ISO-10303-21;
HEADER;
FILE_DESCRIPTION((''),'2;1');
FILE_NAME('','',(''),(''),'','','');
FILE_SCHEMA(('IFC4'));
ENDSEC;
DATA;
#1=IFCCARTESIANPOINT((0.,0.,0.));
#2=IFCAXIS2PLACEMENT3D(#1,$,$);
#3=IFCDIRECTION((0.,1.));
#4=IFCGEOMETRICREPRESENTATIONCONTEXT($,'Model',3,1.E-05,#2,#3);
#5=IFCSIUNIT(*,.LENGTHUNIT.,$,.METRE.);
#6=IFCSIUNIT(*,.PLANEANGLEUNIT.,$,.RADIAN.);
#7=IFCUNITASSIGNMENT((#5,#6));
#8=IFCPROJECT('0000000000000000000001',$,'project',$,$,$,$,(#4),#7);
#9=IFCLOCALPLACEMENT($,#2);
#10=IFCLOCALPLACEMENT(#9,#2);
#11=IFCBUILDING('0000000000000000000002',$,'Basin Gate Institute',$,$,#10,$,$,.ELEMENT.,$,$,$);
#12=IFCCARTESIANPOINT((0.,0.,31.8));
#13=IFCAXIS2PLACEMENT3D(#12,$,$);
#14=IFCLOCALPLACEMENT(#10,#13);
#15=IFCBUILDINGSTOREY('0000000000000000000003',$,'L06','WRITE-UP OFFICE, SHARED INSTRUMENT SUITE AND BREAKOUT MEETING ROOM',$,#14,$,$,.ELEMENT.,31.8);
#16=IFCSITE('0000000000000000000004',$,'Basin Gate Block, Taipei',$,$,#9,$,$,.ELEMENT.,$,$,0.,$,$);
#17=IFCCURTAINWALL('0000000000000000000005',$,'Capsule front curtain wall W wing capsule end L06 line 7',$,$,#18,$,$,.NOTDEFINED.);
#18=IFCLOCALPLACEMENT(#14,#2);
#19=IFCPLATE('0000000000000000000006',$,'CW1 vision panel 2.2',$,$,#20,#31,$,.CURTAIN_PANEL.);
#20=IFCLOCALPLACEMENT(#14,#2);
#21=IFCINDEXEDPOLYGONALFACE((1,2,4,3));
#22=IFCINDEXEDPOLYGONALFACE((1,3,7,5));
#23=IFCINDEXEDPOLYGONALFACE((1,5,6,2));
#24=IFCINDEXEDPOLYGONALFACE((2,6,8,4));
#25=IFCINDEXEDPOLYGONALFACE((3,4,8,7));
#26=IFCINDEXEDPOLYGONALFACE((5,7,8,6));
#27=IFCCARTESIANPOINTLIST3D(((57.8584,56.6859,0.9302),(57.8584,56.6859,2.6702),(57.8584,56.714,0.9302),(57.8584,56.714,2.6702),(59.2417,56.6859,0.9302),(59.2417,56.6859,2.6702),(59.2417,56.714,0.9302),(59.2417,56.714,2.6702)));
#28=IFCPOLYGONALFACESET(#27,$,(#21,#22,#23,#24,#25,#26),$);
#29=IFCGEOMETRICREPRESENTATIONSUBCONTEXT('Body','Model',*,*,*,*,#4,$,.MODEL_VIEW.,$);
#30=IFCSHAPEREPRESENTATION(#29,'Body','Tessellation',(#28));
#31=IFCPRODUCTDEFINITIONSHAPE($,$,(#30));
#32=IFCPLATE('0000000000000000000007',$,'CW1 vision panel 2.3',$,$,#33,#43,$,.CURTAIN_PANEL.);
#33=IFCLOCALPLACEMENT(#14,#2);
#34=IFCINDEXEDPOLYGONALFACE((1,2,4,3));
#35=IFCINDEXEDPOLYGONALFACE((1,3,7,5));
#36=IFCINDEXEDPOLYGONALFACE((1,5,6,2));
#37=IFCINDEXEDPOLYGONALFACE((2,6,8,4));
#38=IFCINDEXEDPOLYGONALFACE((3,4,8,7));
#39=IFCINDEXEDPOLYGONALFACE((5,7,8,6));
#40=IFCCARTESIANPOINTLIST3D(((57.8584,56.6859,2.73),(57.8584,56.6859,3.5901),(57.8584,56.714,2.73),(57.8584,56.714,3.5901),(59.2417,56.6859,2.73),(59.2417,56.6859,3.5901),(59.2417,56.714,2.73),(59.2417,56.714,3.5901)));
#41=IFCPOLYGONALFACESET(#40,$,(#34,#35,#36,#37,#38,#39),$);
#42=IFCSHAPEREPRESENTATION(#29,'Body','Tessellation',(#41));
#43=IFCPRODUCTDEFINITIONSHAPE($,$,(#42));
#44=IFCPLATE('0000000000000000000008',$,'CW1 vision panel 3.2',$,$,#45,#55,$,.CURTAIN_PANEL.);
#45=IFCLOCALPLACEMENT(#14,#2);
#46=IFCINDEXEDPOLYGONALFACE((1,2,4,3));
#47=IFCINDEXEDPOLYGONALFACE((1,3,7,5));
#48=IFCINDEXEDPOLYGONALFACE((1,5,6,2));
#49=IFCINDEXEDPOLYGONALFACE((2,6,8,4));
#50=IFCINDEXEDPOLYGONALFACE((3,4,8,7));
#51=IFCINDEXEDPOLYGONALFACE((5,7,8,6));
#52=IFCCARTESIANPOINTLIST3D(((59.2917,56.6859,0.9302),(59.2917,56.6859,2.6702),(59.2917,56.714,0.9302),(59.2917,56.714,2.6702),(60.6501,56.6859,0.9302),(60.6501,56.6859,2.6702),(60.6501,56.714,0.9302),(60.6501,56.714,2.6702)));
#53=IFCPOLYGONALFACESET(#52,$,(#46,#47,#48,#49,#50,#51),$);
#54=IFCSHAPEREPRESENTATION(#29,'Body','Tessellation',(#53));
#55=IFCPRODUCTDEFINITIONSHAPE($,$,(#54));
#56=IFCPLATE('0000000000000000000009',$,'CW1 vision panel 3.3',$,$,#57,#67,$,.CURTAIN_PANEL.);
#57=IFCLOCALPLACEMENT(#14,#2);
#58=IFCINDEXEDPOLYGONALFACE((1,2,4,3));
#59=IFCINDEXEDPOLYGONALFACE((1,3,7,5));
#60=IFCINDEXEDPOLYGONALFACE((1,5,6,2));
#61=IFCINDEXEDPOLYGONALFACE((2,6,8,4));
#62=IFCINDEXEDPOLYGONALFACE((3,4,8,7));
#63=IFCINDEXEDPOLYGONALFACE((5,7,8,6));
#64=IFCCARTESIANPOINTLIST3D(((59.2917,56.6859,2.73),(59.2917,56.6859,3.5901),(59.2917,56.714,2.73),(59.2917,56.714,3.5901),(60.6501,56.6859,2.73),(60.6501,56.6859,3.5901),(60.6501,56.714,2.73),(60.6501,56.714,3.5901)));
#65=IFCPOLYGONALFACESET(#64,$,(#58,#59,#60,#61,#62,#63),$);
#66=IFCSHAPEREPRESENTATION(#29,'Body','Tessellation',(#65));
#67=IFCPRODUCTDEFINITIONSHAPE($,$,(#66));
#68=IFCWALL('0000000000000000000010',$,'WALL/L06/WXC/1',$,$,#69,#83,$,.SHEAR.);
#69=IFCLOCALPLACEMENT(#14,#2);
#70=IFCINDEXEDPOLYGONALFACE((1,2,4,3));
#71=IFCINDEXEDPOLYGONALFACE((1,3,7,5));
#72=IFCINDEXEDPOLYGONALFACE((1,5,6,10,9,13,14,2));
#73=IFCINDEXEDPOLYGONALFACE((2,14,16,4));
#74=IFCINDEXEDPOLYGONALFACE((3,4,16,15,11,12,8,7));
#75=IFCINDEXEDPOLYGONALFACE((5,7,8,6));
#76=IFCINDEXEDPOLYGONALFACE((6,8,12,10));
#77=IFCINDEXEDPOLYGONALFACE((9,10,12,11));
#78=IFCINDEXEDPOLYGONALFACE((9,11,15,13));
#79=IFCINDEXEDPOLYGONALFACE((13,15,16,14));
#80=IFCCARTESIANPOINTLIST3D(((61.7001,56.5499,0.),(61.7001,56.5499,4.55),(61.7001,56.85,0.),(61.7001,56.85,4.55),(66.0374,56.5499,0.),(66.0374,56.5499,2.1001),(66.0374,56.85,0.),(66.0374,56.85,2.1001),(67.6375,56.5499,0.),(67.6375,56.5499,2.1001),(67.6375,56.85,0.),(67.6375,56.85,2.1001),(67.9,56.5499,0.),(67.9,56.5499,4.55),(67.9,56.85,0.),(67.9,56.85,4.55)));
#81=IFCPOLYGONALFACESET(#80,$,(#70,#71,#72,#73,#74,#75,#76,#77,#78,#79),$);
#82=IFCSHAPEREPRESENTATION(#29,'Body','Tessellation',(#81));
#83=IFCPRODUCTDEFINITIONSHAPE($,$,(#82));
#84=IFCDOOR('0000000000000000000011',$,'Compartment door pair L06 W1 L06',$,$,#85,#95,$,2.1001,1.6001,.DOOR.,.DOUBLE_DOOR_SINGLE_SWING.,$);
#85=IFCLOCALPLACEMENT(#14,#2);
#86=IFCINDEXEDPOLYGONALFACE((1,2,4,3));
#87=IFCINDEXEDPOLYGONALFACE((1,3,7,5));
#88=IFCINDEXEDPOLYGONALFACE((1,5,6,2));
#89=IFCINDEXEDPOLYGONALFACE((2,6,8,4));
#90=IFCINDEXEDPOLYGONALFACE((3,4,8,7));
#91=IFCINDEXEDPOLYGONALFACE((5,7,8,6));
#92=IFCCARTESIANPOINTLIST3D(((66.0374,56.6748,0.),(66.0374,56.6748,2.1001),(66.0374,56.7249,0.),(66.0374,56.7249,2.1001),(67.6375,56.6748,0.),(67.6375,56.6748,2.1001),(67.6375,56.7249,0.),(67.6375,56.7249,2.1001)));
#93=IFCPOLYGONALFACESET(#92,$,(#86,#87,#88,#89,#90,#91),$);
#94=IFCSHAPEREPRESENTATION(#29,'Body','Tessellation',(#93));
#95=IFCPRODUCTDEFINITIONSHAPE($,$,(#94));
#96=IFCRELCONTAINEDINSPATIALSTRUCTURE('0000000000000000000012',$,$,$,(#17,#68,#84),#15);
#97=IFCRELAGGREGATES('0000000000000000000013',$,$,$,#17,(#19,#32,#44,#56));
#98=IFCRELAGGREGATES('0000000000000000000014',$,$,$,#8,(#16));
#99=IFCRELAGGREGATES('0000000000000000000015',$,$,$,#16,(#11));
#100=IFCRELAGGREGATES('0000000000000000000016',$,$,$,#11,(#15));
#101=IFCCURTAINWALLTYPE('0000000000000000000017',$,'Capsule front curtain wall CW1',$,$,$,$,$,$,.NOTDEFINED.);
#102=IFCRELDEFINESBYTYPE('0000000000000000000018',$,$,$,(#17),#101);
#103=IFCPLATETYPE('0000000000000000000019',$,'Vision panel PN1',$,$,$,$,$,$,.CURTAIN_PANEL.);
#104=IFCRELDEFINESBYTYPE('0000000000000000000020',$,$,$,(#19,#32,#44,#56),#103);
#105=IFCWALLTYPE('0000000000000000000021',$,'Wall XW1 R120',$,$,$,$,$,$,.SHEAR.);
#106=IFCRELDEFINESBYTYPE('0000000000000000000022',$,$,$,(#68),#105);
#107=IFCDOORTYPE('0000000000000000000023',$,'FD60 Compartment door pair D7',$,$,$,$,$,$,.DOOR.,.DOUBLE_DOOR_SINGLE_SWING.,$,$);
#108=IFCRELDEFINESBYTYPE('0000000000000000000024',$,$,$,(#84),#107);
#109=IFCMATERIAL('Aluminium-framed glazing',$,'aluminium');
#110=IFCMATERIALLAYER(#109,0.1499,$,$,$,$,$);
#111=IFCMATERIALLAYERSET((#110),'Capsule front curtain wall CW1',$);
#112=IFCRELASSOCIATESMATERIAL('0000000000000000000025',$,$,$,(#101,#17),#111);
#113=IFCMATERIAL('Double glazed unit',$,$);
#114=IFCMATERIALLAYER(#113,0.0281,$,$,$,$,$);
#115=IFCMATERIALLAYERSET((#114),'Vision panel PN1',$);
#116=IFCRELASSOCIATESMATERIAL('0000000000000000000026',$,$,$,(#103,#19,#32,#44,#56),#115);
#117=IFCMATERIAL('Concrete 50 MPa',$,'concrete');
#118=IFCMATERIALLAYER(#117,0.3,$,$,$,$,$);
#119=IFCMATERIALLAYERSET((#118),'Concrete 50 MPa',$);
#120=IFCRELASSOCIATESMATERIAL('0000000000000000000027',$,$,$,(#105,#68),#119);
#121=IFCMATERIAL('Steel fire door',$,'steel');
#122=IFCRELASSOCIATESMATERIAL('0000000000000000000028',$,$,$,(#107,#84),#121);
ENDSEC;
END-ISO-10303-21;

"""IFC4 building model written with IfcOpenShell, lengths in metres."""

from ifc_helpers import new_model, si_unit, direction, frame, frame_2d, origin, origin_2d, place, context, subcontext, project, spatial, rectangle, extrude, material, layer, layer_set, type_object, element, fill, aggregate, save


model = new_model("IFC4")

# Units and contexts
model_context = context("Model", 3, precision=1e-05, world=origin(), true_north=direction((0.0, 1.0)))
body_context = subcontext(model_context, "Body", "Model", "MODEL_VIEW")
ifc_project = project(units=[si_unit("LENGTHUNIT", "METRE"), si_unit("PLANEANGLEUNIT", "RADIAN")], contexts=[model_context])

# Site, building, storey
site_placement = place(None, origin())
site = spatial("IfcSite", under=ifc_project, at=site_placement, Name="Basin Gate Block, Taipei", CompositionType="ELEMENT", RefElevation=0.0)
building_placement = place(site_placement, origin())
building = spatial("IfcBuilding", under=site, at=building_placement, Name="Basin Gate Institute", CompositionType="ELEMENT")
storey_placement = place(building_placement, frame((0.0, 0.0, 31.8)))
storey = spatial("IfcBuildingStorey", under=building, at=storey_placement, Name="L06", Description="WRITE-UP OFFICE, SHARED INSTRUMENT SUITE AND BREAKOUT MEETING ROOM", CompositionType="ELEMENT", Elevation=31.8)

# Curtain wall, plates
ifc_material_1 = material(Name="Aluminium-framed glazing", Category="aluminium")
ifc_layer_1 = layer(ifc_material_1, 0.1499)
ifc_layer_set_1 = layer_set([ifc_layer_1], Name="Capsule front curtain wall CW1")
curtain_wall_type = type_object("IfcCurtainWallType", Name="Capsule front curtain wall CW1", PredefinedType="NOTDEFINED", material=ifc_layer_set_1)
curtain_wall_placement = place(storey_placement, origin())
curtain_wall = element("IfcCurtainWall", 1, at=curtain_wall_placement, inside=storey, type_object=curtain_wall_type, material=ifc_layer_set_1, Name="Capsule front curtain wall W wing capsule end L06 line 7", PredefinedType="NOTDEFINED")
ifc_material_2 = material(Name="Double glazed unit")
ifc_layer_2 = layer(ifc_material_2, 0.0281)
ifc_layer_set_2 = layer_set([ifc_layer_2], Name="Vision panel PN1")
plate_type_1 = type_object("IfcPlateType", Name="Vision panel PN1", PredefinedType="CURTAIN_PANEL", material=ifc_layer_set_2)
plate_1_placement = place(storey_placement, frame((58.55, 56.7, 0.9302), z_axis=(0.0, 0.0, 1.0), x_axis=(1.0, 0.0, 0.0)))
plate_1 = element("IfcPlate", 2, at=plate_1_placement, type_object=plate_type_1, material=ifc_layer_set_2, Name="CW1 vision panel 2.2", PredefinedType="CURTAIN_PANEL", context=body_context, shape_type="SweptSolid", body=[
    extrude(rectangle(XDim=1.3833, YDim=0.0281, at=origin_2d()), origin(), (0.0, 0.0, 1.0), 1.74),
])
plate_2_placement = place(storey_placement, frame((58.55, 56.7, 2.73), z_axis=(0.0, 0.0, 1.0), x_axis=(1.0, 0.0, 0.0)))
plate_2 = element("IfcPlate", 3, at=plate_2_placement, type_object=plate_type_1, material=ifc_layer_set_2, Name="CW1 vision panel 2.3", PredefinedType="CURTAIN_PANEL", context=body_context, shape_type="SweptSolid", body=[
    extrude(rectangle(XDim=1.3833, YDim=0.0281, at=origin_2d()), origin(), (0.0, 0.0, 1.0), 0.8601),
])
plate_3_placement = place(storey_placement, frame((59.9709, 56.7, 0.9302), z_axis=(0.0, 0.0, 1.0), x_axis=(1.0, 0.0, 0.0)))
plate_3 = element("IfcPlate", 4, at=plate_3_placement, type_object=plate_type_1, material=ifc_layer_set_2, Name="CW1 vision panel 3.2", PredefinedType="CURTAIN_PANEL", context=body_context, shape_type="SweptSolid", body=[
    extrude(rectangle(XDim=1.3584, YDim=0.0281, at=origin_2d()), origin(), (0.0, 0.0, 1.0), 1.74),
])
plate_4_placement = place(storey_placement, frame((59.9709, 56.7, 2.73), z_axis=(0.0, 0.0, 1.0), x_axis=(1.0, 0.0, 0.0)))
plate_4 = element("IfcPlate", 5, at=plate_4_placement, type_object=plate_type_1, material=ifc_layer_set_2, Name="CW1 vision panel 3.3", PredefinedType="CURTAIN_PANEL", context=body_context, shape_type="SweptSolid", body=[
    extrude(rectangle(XDim=1.3584, YDim=0.0281, at=origin_2d()), origin(), (0.0, 0.0, 1.0), 0.8601),
])
aggregate(curtain_wall, [plate_1, plate_2, plate_3, plate_4])

# Wall, opening, door
ifc_material_3 = material(Name="Concrete 50 MPa", Category="concrete")
ifc_layer_3 = layer(ifc_material_3, 0.3)
ifc_layer_set_3 = layer_set([ifc_layer_3], Name="Concrete 50 MPa")
wall_type = type_object("IfcWallType", Name="Wall XW1 R120", PredefinedType="SHEAR", material=ifc_layer_set_3)
wall_placement = place(storey_placement, frame((61.7, 56.7, 0.0), z_axis=(0.0, 0.0, 1.0), x_axis=(1.0, 0.0, 0.0)))
wall = element("IfcWall", 6, at=wall_placement, inside=storey, type_object=wall_type, material=ifc_layer_set_3, Name="WALL/L06/WXC/1", PredefinedType="SHEAR", context=body_context, shape_type="SweptSolid", body=[
    extrude(rectangle(XDim=6.2, YDim=0.3, at=frame_2d((3.1001, 0.0))), origin(), (0.0, 0.0, 1.0), 4.55),
])
opening_placement = place(wall_placement, frame((4.3374, 0.0, 0.0)))
opening = element("IfcOpeningElement", 7, at=opening_placement, cuts=wall, PredefinedType="OPENING", context=body_context, shape_type="SweptSolid", body=[
    extrude(rectangle(XDim=1.6001, YDim=2.1001, at=frame_2d((0.8, 1.05))), frame((0.0, 0.1602, 0.0), z_axis=(0.0, -1.0, 0.0), x_axis=(1.0, 0.0, 0.0)), (0.0, 0.0, 1.0), 0.3201),
])
ifc_material_4 = material(Name="Steel fire door", Category="steel")
door_type = type_object("IfcDoorType", Name="FD60 Compartment door pair D7", OperationType="DOUBLE_DOOR_SINGLE_SWING", PredefinedType="DOOR", material=ifc_material_4)
door_placement = place(opening_placement, origin())
door = element("IfcDoor", 8, at=door_placement, inside=storey, type_object=door_type, material=ifc_material_4, Name="Compartment door pair L06 W1 L06", OperationType="DOUBLE_DOOR_SINGLE_SWING", OverallHeight=2.1001, OverallWidth=1.6001, PredefinedType="DOOR", context=body_context, shape_type="SweptSolid", body=[
    extrude(rectangle(XDim=1.6001, YDim=2.1001, at=frame_2d((0.8, 1.05))), frame((0.0, 0.0249, 0.0), z_axis=(0.0, -1.0, 0.0), x_axis=(1.0, 0.0, 0.0)), (0.0, 0.0, 1.0), 0.05),
])
fill(opening, door)

save(model, "model.ifc")
